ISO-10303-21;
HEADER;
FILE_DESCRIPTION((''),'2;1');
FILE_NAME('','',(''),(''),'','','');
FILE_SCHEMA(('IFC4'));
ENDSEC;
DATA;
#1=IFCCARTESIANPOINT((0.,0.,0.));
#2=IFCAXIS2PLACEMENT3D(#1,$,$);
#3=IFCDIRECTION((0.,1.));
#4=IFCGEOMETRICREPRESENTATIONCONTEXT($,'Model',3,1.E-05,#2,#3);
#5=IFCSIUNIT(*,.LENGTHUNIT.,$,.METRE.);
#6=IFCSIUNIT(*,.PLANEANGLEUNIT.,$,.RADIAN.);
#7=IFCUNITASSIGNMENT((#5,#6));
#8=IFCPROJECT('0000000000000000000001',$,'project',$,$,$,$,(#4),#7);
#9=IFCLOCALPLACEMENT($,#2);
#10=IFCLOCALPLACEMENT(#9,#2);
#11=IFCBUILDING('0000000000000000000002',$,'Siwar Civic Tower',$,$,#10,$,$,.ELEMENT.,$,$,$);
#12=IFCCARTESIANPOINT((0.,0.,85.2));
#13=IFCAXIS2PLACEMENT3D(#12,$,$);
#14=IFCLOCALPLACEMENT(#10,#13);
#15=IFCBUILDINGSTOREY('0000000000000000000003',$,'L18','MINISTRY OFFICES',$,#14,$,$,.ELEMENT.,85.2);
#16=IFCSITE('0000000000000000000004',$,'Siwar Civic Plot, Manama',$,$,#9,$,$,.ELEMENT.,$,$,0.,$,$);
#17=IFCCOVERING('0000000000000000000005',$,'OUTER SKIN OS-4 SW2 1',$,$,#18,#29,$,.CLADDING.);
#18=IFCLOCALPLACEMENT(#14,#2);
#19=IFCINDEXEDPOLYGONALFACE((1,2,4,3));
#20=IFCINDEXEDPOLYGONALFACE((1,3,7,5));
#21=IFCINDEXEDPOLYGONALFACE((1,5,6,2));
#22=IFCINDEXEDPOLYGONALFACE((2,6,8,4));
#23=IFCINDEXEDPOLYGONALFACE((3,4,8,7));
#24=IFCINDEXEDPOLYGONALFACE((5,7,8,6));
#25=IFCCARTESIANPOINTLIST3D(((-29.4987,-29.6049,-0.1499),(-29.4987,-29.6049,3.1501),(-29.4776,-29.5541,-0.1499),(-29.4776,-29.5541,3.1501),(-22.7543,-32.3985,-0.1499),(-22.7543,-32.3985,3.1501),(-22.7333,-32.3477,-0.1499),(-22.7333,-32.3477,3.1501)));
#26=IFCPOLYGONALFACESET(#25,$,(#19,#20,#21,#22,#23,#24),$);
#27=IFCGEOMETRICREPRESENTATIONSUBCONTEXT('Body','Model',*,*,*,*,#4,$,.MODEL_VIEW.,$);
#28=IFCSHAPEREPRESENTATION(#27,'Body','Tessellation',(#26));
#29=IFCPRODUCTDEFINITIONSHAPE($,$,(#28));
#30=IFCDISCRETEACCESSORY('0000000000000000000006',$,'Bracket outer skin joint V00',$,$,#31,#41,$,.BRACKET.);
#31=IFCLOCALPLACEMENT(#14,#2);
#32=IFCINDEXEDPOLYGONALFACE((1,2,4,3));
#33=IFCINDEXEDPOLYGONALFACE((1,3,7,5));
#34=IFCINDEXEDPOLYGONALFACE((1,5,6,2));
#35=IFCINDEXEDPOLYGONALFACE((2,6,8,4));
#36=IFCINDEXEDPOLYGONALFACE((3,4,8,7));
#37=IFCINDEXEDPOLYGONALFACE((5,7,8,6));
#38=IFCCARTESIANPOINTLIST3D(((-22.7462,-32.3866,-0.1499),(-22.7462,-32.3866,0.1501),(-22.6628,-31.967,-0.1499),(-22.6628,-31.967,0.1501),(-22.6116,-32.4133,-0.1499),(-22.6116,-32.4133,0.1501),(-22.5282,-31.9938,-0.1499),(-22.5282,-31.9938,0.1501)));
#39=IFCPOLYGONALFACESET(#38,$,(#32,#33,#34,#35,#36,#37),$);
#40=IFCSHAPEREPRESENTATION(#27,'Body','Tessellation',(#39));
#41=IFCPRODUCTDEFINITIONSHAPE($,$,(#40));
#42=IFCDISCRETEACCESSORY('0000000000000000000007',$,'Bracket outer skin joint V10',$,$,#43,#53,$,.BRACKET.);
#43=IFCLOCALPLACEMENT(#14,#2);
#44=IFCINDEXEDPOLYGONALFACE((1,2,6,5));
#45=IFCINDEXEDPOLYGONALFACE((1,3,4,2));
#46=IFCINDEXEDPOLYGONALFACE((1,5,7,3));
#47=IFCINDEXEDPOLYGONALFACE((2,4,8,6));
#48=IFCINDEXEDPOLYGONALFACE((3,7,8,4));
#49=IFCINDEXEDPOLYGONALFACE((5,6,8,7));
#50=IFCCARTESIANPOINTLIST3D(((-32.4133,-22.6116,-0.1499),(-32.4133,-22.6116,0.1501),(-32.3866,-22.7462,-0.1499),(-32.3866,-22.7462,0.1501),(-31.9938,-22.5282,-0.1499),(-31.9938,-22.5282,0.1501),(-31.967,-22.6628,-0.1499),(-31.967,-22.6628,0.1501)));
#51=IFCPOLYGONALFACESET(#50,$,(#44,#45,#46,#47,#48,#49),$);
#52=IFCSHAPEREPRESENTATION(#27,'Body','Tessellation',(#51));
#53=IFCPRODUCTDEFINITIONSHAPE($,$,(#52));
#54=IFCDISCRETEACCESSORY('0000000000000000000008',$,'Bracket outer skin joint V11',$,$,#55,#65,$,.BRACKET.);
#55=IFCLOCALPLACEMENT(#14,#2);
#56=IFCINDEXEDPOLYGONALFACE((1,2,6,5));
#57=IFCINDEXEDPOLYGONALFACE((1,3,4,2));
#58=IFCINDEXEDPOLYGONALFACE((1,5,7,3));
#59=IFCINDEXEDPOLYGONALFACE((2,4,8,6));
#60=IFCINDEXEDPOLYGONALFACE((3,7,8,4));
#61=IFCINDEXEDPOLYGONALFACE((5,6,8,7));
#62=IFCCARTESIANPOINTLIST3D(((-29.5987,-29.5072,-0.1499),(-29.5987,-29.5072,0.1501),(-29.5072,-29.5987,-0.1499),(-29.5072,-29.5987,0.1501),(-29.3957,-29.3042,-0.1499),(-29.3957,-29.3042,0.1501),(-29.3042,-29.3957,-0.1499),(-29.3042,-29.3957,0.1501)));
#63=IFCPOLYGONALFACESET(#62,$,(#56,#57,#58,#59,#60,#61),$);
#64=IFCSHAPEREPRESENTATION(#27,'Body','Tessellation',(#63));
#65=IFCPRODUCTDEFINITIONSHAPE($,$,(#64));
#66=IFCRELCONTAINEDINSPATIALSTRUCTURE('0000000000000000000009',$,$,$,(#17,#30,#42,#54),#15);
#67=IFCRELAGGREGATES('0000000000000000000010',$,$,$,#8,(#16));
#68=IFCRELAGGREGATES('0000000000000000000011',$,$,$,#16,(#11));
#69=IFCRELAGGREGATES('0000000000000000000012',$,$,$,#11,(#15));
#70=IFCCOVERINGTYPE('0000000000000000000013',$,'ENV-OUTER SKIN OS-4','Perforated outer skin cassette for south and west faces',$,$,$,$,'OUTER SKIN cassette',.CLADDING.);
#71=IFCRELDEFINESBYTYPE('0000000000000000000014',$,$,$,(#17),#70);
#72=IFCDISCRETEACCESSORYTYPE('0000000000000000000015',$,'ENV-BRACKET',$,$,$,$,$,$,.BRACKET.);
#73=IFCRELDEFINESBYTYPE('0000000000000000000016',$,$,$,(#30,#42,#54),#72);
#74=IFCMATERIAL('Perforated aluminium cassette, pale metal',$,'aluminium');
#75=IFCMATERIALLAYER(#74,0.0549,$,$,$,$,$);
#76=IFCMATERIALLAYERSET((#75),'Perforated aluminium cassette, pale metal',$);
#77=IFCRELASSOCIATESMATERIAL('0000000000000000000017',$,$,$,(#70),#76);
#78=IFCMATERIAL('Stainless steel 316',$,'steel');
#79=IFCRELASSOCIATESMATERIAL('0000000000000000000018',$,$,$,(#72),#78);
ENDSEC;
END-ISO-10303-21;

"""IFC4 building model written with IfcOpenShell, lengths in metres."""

from ifc_helpers import new_model, si_unit, direction, frame, origin, origin_2d, place, context, subcontext, project, spatial, rectangle, extrude, material, layer, layer_set, type_object, element, save


model = new_model("IFC4")

# Units and contexts
model_context = context("Model", 3, precision=1e-05, world=origin(), true_north=direction((0.0, 1.0)))
body_context = subcontext(model_context, "Body", "Model", "MODEL_VIEW")
ifc_project = project(units=[si_unit("LENGTHUNIT", "METRE"), si_unit("PLANEANGLEUNIT", "RADIAN")], contexts=[model_context])

# Site, building, storey
site_placement = place(None, origin())
site = spatial("IfcSite", under=ifc_project, at=site_placement, Name="Siwar Civic Plot, Manama", CompositionType="ELEMENT", RefElevation=0.0)
building_placement = place(site_placement, origin())
building = spatial("IfcBuilding", under=site, at=building_placement, Name="Siwar Civic Tower", CompositionType="ELEMENT")
storey_placement = place(building_placement, frame((0.0, 0.0, 85.2)))
storey = spatial("IfcBuildingStorey", under=building, at=storey_placement, Name="L18", Description="MINISTRY OFFICES", CompositionType="ELEMENT", Elevation=85.2)

# Covering
ifc_material_1 = material(Name="Perforated aluminium cassette, pale metal", Category="aluminium")
ifc_layer_1 = layer(ifc_material_1, 0.0549)
ifc_layer_set_1 = layer_set([ifc_layer_1], Name="Perforated aluminium cassette, pale metal")
covering_type = type_object("IfcCoveringType", Name="ENV-OUTER SKIN OS-4", Description="Perforated outer skin cassette for south and west faces", ElementType="OUTER SKIN cassette", PredefinedType="CLADDING", material=ifc_layer_set_1)
for number, where, z_axis, x_axis, name in (
    (1, (-26.116, -30.9763, -0.1499), (0.0, 0.0, 1.0), (0.92388, -0.382683, 0.0), "OUTER SKIN OS-4 SW2 1"),
):
    element("IfcCovering", number, at=place(storey_placement, frame(where, z_axis=z_axis, x_axis=x_axis)), inside=storey, type_object=covering_type, Name=name, PredefinedType="CLADDING", context=body_context, shape_type="SweptSolid", body=[
        extrude(rectangle(XDim=7.3, YDim=0.0549, at=origin_2d()), origin(), (0.0, 0.0, 1.0), 3.3),
    ])

# Discrete accessories
ifc_material_2 = material(Name="Stainless steel 316", Category="steel")
discrete_accessory_type = type_object("IfcDiscreteAccessoryType", Name="ENV-BRACKET", PredefinedType="BRACKET", material=ifc_material_2)
for number, where, z_axis, x_axis, name in (
    (2, (-22.6372, -32.1902, -0.1499), (0.0, 0.0, 1.0), (-0.19509, -0.980785, 0.0), "Bracket outer skin joint V00"),
    (3, (-32.1902, -22.6372, -0.1499), (0.0, 0.0, 1.0), (-0.980785, -0.19509, 0.0), "Bracket outer skin joint V10"),
):
    element("IfcDiscreteAccessory", number, at=place(storey_placement, frame(where, z_axis=z_axis, x_axis=x_axis)), inside=storey, type_object=discrete_accessory_type, Name=name, PredefinedType="BRACKET", context=body_context, shape_type="SweptSolid", body=[
        extrude(rectangle(XDim=0.4277, YDim=0.1372, at=origin_2d()), origin(), (0.0, 0.0, 1.0), 0.3),
    ])
discrete_accessory_placement = place(storey_placement, frame((-29.4514, -29.4514, -0.1499), z_axis=(0.0, 0.0, 1.0), x_axis=(-0.707107, -0.707107, 0.0)))
element("IfcDiscreteAccessory", 4, at=discrete_accessory_placement, inside=storey, type_object=discrete_accessory_type, Name="Bracket outer skin joint V11", PredefinedType="BRACKET", context=body_context, shape_type="SweptSolid", body=[
    extrude(rectangle(XDim=0.2871, YDim=0.1294, at=origin_2d()), origin(), (0.0, 0.0, 1.0), 0.3),
])

save(model, "model.ifc")
